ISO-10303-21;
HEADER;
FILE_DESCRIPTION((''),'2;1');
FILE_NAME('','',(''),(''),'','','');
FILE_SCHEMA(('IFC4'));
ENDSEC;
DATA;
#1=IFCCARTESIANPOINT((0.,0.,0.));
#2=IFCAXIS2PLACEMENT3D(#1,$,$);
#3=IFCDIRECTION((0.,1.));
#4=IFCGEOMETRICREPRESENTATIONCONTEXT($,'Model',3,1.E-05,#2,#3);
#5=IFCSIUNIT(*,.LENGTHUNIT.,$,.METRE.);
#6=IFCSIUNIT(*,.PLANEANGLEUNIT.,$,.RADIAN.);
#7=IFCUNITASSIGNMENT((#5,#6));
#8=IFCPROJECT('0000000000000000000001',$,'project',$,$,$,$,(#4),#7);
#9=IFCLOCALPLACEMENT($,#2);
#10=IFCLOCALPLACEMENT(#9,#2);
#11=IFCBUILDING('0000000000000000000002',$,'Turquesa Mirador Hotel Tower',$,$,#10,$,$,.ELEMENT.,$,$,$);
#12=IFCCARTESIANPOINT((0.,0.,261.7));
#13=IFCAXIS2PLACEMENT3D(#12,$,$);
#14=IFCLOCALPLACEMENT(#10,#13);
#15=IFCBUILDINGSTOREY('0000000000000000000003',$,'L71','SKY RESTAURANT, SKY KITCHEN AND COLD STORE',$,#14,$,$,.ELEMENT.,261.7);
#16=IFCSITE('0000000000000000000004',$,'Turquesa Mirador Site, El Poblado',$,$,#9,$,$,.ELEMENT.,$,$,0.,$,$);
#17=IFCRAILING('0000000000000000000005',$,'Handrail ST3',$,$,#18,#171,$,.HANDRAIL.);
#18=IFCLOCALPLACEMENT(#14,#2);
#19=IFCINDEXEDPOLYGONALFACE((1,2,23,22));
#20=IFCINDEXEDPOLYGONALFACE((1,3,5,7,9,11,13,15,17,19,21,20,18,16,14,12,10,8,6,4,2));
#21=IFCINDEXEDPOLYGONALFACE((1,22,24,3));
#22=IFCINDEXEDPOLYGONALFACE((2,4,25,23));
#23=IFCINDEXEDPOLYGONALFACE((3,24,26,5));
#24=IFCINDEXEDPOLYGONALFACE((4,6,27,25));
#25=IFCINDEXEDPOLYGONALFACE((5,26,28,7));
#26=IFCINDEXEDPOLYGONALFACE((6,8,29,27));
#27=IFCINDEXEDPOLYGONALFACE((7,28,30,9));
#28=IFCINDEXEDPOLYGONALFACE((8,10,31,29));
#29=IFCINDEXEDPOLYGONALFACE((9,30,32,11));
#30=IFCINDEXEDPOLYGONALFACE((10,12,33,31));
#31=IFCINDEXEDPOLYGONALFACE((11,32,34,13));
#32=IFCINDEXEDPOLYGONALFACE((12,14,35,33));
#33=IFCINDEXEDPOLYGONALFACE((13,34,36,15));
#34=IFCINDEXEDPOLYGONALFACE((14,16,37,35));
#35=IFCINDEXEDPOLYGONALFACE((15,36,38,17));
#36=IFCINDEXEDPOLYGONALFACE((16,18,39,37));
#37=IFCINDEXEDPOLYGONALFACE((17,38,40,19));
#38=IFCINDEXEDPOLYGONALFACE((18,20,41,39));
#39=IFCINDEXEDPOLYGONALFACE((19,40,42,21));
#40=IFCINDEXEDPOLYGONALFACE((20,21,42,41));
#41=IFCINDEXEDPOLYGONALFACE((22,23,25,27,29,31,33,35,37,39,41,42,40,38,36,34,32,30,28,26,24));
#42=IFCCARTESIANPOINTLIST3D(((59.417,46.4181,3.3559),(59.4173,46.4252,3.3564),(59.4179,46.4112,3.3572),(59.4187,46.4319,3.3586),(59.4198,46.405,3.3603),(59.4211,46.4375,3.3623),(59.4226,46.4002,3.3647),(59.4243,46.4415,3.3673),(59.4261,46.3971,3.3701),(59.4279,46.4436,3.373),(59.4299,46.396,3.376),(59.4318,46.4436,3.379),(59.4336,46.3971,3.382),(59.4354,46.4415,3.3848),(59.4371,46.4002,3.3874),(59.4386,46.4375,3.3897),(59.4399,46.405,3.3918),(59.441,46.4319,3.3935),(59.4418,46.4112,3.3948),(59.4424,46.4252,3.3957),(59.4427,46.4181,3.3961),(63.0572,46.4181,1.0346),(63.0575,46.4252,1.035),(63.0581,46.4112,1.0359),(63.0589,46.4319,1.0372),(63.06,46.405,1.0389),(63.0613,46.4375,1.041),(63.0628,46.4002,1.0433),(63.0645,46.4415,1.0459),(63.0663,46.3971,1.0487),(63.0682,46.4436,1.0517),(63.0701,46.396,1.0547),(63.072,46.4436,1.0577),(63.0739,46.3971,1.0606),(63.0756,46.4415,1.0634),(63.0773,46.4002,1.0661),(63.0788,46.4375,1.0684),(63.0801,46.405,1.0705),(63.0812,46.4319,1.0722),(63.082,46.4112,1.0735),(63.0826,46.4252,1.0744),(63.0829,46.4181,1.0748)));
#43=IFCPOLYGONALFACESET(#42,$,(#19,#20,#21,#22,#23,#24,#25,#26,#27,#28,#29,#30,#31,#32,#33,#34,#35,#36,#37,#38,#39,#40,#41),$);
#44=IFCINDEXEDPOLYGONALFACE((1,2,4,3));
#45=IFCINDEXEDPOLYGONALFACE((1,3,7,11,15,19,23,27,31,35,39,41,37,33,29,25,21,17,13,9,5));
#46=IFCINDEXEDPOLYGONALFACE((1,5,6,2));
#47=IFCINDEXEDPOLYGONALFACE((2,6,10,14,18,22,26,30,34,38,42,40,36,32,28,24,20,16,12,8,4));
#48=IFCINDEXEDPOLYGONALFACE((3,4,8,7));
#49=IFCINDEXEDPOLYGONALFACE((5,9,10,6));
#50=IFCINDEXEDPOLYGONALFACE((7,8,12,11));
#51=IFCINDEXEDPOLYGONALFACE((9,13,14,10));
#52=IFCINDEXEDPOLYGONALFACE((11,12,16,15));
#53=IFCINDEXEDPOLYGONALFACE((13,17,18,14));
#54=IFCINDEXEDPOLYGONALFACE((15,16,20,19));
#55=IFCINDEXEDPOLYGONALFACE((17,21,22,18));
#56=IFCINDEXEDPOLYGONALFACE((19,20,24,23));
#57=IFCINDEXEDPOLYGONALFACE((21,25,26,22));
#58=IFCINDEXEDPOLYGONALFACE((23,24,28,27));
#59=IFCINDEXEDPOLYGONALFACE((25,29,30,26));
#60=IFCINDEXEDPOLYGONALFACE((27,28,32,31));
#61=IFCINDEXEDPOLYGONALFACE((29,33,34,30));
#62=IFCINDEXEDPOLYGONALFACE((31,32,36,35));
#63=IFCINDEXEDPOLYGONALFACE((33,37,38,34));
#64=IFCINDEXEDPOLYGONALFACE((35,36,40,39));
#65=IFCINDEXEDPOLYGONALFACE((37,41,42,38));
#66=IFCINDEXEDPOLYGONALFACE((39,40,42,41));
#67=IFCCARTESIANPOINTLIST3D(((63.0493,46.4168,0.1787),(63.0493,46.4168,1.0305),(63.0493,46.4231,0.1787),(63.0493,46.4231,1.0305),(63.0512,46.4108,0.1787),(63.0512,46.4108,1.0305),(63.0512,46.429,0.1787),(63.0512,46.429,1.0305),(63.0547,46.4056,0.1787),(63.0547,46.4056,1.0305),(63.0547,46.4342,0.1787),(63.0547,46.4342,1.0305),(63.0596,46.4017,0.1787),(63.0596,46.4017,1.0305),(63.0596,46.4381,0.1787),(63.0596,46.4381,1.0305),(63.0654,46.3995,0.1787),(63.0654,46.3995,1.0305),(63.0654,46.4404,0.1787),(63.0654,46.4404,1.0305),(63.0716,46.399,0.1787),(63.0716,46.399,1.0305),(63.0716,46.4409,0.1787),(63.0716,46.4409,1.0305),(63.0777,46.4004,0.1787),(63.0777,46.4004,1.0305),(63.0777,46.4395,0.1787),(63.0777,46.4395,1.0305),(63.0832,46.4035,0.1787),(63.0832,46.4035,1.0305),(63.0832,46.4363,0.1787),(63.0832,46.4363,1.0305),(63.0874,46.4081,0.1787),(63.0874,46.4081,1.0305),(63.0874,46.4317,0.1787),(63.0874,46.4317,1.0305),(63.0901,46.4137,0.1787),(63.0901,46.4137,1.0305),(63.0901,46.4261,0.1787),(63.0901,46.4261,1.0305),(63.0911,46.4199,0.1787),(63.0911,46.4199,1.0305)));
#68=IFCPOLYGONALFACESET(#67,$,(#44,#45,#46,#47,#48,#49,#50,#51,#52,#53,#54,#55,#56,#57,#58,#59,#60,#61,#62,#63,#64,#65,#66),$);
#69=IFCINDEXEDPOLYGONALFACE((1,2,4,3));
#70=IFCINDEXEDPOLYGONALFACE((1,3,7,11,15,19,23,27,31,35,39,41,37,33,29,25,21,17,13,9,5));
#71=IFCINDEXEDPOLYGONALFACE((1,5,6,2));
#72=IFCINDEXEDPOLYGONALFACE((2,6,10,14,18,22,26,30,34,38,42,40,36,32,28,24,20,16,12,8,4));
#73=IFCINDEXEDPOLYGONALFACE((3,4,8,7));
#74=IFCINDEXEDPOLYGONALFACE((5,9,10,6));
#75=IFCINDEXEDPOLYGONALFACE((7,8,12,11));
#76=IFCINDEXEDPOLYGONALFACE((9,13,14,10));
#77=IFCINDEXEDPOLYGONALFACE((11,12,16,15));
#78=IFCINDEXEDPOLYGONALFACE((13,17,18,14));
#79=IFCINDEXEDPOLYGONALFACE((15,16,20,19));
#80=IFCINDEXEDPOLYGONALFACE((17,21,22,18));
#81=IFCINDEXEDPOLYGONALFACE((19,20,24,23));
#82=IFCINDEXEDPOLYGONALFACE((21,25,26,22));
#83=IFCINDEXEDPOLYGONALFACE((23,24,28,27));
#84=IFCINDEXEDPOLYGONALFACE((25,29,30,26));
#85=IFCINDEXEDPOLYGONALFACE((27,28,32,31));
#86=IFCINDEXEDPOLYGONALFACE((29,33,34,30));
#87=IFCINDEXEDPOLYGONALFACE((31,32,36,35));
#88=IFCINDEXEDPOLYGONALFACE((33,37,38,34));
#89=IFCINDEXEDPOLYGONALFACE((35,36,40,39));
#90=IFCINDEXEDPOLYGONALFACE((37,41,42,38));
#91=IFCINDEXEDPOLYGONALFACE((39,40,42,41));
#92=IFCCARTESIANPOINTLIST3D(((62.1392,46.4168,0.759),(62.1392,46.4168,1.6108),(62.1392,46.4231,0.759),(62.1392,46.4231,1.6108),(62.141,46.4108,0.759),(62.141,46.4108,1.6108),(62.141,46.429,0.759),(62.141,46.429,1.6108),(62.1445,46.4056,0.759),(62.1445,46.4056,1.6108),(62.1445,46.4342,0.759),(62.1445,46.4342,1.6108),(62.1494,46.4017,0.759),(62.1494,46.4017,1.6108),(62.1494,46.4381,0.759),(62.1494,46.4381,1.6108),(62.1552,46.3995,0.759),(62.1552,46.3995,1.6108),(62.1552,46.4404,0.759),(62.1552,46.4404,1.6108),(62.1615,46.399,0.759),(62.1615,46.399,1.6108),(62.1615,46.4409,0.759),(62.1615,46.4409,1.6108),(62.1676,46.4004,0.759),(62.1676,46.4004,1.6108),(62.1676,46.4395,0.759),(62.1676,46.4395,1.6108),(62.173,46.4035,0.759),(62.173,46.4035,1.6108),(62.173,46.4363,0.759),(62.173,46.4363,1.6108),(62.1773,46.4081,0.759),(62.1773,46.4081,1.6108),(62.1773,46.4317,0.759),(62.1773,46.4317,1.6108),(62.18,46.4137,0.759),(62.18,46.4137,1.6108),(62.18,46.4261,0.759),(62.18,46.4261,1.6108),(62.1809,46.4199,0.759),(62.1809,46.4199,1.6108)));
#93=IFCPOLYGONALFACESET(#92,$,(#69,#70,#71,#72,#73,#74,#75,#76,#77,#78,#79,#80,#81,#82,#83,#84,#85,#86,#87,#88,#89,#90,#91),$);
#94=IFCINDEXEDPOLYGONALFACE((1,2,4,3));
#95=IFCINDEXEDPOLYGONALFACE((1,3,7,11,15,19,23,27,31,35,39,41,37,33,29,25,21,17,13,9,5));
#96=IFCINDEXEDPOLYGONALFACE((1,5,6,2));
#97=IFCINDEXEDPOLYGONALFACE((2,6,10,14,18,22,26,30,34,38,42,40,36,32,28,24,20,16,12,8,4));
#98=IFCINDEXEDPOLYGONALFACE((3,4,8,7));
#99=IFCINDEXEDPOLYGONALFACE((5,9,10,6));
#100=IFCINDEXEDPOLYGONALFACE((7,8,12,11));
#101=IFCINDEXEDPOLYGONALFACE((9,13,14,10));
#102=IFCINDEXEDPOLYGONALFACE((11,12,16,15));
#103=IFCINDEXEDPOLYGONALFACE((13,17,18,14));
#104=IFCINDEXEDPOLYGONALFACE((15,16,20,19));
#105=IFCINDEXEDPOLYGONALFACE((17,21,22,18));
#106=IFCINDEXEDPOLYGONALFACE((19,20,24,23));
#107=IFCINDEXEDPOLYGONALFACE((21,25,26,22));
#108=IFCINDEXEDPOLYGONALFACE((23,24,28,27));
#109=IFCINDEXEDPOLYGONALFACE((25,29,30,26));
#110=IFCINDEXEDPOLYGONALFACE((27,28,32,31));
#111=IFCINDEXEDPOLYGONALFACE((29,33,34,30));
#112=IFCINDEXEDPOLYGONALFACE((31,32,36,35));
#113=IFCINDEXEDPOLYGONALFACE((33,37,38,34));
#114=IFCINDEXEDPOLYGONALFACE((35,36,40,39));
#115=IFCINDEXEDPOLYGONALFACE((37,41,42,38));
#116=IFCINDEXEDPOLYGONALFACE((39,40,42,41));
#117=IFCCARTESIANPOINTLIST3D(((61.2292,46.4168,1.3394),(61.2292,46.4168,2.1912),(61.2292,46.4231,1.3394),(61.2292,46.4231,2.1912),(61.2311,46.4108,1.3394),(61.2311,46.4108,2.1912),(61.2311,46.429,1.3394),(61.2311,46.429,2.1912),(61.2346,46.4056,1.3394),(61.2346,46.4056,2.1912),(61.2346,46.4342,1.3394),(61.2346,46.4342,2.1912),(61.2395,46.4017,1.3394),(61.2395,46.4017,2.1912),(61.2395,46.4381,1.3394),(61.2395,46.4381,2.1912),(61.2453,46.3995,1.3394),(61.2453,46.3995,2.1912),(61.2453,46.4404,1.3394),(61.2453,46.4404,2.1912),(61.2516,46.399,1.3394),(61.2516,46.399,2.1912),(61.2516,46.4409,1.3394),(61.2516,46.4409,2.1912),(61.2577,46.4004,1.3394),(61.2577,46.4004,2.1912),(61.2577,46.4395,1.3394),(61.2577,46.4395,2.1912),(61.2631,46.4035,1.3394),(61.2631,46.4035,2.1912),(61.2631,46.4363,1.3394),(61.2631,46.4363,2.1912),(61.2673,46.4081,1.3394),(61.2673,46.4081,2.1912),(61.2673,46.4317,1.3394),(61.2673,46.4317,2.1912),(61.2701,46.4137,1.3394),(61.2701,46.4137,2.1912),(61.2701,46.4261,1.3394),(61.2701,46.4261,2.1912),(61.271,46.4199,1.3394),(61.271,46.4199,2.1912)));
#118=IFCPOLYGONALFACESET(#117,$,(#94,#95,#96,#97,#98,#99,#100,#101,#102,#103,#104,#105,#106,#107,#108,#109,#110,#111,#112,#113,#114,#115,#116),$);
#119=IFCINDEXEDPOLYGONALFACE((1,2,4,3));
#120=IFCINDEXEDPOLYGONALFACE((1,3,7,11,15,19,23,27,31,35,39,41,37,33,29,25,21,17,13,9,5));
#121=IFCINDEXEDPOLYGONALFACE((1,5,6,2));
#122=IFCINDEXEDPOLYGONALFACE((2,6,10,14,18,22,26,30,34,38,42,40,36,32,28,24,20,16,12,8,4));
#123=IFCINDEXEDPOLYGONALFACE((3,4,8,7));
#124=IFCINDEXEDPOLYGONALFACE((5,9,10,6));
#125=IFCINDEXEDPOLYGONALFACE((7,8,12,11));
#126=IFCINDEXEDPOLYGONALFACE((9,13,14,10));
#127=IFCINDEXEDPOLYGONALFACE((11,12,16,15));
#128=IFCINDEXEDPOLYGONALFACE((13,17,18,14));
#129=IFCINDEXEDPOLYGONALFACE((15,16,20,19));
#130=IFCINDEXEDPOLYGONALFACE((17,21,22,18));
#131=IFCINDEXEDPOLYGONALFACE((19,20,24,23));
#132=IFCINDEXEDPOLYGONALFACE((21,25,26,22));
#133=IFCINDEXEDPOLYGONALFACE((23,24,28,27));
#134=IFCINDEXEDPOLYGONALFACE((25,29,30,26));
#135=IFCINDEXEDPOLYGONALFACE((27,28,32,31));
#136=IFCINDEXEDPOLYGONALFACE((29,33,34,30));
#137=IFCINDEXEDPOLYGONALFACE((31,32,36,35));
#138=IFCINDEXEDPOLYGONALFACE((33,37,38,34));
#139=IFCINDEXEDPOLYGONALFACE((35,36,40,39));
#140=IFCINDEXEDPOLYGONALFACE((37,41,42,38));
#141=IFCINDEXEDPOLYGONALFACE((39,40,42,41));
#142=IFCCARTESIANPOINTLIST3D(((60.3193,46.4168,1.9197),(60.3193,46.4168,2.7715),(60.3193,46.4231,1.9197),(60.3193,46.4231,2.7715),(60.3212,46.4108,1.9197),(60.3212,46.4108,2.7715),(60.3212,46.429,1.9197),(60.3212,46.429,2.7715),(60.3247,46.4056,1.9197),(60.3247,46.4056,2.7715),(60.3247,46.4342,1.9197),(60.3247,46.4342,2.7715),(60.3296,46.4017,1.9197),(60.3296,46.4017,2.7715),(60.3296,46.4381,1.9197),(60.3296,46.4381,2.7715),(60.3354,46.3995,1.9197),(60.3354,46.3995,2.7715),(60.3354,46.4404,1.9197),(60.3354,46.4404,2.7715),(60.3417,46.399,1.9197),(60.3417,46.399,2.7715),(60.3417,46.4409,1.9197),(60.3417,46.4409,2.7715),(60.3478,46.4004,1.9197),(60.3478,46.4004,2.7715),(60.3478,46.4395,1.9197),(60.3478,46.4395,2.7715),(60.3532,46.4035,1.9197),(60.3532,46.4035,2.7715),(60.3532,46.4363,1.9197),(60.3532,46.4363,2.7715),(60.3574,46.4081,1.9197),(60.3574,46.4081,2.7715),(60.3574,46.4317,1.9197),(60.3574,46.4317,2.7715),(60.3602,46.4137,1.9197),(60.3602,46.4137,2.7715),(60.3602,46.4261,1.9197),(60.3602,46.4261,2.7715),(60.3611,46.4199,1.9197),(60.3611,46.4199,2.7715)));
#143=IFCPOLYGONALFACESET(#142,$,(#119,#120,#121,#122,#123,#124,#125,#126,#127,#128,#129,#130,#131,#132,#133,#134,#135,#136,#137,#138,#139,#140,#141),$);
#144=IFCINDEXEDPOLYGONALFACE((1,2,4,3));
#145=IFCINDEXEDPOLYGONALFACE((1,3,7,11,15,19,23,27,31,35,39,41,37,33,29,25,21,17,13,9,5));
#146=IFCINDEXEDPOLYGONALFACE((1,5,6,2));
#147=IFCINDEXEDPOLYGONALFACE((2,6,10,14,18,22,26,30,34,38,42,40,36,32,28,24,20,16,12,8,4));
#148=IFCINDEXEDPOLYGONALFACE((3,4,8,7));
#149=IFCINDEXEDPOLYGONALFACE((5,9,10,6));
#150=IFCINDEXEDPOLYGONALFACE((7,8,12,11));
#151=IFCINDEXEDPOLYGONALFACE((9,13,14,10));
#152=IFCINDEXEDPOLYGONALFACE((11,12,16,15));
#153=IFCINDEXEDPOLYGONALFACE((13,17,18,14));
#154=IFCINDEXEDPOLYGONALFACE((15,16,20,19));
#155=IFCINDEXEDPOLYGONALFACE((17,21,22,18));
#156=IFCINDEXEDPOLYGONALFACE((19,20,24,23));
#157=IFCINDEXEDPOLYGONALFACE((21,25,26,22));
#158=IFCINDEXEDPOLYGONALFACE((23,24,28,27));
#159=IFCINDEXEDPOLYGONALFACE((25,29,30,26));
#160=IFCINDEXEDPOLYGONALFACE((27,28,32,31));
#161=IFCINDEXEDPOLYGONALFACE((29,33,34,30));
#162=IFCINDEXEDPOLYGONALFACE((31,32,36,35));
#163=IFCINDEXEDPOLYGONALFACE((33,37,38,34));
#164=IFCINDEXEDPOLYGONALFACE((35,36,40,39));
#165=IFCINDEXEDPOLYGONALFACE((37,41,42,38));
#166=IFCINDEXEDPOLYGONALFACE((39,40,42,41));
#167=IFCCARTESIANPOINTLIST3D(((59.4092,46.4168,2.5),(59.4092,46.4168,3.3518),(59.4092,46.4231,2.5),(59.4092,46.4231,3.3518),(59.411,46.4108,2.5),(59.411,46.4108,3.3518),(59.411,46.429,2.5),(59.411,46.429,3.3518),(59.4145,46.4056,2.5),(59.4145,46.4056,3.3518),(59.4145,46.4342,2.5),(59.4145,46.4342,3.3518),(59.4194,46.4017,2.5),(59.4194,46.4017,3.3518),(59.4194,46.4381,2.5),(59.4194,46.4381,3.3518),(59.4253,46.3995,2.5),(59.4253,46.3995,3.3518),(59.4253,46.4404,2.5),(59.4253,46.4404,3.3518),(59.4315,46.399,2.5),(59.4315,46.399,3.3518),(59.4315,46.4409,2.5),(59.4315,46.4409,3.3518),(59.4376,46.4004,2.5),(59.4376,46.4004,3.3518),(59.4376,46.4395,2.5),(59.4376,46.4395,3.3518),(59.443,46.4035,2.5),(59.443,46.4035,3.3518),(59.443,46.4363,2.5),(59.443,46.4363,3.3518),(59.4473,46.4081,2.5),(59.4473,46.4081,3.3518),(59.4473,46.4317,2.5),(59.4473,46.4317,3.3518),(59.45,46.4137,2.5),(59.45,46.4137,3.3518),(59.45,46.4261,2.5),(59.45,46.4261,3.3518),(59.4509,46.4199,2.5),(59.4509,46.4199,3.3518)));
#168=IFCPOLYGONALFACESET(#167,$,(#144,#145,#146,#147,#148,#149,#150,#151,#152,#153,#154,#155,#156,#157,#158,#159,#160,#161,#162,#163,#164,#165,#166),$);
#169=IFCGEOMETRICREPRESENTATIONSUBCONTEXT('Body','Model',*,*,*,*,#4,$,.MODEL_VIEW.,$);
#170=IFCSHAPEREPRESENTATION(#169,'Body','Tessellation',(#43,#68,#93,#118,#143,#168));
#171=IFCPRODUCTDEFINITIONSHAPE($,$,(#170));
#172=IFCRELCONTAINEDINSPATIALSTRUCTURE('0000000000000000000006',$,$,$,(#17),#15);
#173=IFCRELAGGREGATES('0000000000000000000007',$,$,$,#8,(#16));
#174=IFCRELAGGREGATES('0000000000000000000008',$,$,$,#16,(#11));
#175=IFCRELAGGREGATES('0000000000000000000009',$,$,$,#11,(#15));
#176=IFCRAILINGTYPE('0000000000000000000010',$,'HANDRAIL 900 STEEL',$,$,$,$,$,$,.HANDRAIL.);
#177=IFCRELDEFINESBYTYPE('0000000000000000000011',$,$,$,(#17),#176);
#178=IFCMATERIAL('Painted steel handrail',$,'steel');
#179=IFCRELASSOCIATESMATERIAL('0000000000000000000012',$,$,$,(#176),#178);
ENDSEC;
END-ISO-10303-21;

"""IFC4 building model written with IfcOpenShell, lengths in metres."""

from ifc_helpers import new_model, si_unit, direction, frame, origin, origin_2d, place, context, subcontext, project, spatial, circle, extrude, material, type_object, element, save


model = new_model("IFC4")

# Units and contexts
model_context = context("Model", 3, precision=1e-05, world=origin(), true_north=direction((0.0, 1.0)))
body_context = subcontext(model_context, "Body", "Model", "MODEL_VIEW")
ifc_project = project(units=[si_unit("LENGTHUNIT", "METRE"), si_unit("PLANEANGLEUNIT", "RADIAN")], contexts=[model_context])

# Site, building, storey
site_placement = place(None, origin())
site = spatial("IfcSite", under=ifc_project, at=site_placement, Name="Turquesa Mirador Site, El Poblado", CompositionType="ELEMENT", RefElevation=0.0)
building_placement = place(site_placement, origin())
building = spatial("IfcBuilding", under=site, at=building_placement, Name="Turquesa Mirador Hotel Tower", CompositionType="ELEMENT")
storey_placement = place(building_placement, frame((0.0, 0.0, 261.7)))
storey = spatial("IfcBuildingStorey", under=building, at=storey_placement, Name="L71", Description="SKY RESTAURANT, SKY KITCHEN AND COLD STORE", CompositionType="ELEMENT", Elevation=261.7)

# Railing
ifc_material_1 = material(Name="Painted steel handrail", Category="steel")
railing_type = type_object("IfcRailingType", Name="HANDRAIL 900 STEEL", PredefinedType="HANDRAIL", material=ifc_material_1)
railing_1_placement = place(storey_placement, frame((63.0701, 46.4199, 0.1787)))
element("IfcRailing", 1, at=railing_1_placement, inside=storey, type_object=railing_type, Name="Handrail ST3", PredefinedType="HANDRAIL", context=body_context, shape_type="SweptSolid", body=[
    extrude(circle(Radius=0.0239, at=origin_2d()), frame((0.0, 0.0, 0.876), z_axis=(-0.843153, 0.0, 0.537673), x_axis=(0.0, -1.0, 0.0)), (0.0, 0.0, 1.0), 4.3174),
    extrude(circle(Radius=0.021, at=origin_2d()), origin(), (0.0, 0.0, 1.0), 0.8518),
    extrude(circle(Radius=0.021, at=origin_2d()), frame((-0.9102, 0.0, 0.5803)), (0.0, 0.0, 1.0), 0.8518),
    extrude(circle(Radius=0.021, at=origin_2d()), frame((-1.8201, 0.0, 1.1606)), (0.0, 0.0, 1.0), 0.8518),
    extrude(circle(Radius=0.021, at=origin_2d()), frame((-2.73, 0.0, 1.741)), (0.0, 0.0, 1.0), 0.8518),
    extrude(circle(Radius=0.021, at=origin_2d()), frame((-3.6401, 0.0, 2.3213)), (0.0, 0.0, 1.0), 0.8518),
])

save(model, "model.ifc")
